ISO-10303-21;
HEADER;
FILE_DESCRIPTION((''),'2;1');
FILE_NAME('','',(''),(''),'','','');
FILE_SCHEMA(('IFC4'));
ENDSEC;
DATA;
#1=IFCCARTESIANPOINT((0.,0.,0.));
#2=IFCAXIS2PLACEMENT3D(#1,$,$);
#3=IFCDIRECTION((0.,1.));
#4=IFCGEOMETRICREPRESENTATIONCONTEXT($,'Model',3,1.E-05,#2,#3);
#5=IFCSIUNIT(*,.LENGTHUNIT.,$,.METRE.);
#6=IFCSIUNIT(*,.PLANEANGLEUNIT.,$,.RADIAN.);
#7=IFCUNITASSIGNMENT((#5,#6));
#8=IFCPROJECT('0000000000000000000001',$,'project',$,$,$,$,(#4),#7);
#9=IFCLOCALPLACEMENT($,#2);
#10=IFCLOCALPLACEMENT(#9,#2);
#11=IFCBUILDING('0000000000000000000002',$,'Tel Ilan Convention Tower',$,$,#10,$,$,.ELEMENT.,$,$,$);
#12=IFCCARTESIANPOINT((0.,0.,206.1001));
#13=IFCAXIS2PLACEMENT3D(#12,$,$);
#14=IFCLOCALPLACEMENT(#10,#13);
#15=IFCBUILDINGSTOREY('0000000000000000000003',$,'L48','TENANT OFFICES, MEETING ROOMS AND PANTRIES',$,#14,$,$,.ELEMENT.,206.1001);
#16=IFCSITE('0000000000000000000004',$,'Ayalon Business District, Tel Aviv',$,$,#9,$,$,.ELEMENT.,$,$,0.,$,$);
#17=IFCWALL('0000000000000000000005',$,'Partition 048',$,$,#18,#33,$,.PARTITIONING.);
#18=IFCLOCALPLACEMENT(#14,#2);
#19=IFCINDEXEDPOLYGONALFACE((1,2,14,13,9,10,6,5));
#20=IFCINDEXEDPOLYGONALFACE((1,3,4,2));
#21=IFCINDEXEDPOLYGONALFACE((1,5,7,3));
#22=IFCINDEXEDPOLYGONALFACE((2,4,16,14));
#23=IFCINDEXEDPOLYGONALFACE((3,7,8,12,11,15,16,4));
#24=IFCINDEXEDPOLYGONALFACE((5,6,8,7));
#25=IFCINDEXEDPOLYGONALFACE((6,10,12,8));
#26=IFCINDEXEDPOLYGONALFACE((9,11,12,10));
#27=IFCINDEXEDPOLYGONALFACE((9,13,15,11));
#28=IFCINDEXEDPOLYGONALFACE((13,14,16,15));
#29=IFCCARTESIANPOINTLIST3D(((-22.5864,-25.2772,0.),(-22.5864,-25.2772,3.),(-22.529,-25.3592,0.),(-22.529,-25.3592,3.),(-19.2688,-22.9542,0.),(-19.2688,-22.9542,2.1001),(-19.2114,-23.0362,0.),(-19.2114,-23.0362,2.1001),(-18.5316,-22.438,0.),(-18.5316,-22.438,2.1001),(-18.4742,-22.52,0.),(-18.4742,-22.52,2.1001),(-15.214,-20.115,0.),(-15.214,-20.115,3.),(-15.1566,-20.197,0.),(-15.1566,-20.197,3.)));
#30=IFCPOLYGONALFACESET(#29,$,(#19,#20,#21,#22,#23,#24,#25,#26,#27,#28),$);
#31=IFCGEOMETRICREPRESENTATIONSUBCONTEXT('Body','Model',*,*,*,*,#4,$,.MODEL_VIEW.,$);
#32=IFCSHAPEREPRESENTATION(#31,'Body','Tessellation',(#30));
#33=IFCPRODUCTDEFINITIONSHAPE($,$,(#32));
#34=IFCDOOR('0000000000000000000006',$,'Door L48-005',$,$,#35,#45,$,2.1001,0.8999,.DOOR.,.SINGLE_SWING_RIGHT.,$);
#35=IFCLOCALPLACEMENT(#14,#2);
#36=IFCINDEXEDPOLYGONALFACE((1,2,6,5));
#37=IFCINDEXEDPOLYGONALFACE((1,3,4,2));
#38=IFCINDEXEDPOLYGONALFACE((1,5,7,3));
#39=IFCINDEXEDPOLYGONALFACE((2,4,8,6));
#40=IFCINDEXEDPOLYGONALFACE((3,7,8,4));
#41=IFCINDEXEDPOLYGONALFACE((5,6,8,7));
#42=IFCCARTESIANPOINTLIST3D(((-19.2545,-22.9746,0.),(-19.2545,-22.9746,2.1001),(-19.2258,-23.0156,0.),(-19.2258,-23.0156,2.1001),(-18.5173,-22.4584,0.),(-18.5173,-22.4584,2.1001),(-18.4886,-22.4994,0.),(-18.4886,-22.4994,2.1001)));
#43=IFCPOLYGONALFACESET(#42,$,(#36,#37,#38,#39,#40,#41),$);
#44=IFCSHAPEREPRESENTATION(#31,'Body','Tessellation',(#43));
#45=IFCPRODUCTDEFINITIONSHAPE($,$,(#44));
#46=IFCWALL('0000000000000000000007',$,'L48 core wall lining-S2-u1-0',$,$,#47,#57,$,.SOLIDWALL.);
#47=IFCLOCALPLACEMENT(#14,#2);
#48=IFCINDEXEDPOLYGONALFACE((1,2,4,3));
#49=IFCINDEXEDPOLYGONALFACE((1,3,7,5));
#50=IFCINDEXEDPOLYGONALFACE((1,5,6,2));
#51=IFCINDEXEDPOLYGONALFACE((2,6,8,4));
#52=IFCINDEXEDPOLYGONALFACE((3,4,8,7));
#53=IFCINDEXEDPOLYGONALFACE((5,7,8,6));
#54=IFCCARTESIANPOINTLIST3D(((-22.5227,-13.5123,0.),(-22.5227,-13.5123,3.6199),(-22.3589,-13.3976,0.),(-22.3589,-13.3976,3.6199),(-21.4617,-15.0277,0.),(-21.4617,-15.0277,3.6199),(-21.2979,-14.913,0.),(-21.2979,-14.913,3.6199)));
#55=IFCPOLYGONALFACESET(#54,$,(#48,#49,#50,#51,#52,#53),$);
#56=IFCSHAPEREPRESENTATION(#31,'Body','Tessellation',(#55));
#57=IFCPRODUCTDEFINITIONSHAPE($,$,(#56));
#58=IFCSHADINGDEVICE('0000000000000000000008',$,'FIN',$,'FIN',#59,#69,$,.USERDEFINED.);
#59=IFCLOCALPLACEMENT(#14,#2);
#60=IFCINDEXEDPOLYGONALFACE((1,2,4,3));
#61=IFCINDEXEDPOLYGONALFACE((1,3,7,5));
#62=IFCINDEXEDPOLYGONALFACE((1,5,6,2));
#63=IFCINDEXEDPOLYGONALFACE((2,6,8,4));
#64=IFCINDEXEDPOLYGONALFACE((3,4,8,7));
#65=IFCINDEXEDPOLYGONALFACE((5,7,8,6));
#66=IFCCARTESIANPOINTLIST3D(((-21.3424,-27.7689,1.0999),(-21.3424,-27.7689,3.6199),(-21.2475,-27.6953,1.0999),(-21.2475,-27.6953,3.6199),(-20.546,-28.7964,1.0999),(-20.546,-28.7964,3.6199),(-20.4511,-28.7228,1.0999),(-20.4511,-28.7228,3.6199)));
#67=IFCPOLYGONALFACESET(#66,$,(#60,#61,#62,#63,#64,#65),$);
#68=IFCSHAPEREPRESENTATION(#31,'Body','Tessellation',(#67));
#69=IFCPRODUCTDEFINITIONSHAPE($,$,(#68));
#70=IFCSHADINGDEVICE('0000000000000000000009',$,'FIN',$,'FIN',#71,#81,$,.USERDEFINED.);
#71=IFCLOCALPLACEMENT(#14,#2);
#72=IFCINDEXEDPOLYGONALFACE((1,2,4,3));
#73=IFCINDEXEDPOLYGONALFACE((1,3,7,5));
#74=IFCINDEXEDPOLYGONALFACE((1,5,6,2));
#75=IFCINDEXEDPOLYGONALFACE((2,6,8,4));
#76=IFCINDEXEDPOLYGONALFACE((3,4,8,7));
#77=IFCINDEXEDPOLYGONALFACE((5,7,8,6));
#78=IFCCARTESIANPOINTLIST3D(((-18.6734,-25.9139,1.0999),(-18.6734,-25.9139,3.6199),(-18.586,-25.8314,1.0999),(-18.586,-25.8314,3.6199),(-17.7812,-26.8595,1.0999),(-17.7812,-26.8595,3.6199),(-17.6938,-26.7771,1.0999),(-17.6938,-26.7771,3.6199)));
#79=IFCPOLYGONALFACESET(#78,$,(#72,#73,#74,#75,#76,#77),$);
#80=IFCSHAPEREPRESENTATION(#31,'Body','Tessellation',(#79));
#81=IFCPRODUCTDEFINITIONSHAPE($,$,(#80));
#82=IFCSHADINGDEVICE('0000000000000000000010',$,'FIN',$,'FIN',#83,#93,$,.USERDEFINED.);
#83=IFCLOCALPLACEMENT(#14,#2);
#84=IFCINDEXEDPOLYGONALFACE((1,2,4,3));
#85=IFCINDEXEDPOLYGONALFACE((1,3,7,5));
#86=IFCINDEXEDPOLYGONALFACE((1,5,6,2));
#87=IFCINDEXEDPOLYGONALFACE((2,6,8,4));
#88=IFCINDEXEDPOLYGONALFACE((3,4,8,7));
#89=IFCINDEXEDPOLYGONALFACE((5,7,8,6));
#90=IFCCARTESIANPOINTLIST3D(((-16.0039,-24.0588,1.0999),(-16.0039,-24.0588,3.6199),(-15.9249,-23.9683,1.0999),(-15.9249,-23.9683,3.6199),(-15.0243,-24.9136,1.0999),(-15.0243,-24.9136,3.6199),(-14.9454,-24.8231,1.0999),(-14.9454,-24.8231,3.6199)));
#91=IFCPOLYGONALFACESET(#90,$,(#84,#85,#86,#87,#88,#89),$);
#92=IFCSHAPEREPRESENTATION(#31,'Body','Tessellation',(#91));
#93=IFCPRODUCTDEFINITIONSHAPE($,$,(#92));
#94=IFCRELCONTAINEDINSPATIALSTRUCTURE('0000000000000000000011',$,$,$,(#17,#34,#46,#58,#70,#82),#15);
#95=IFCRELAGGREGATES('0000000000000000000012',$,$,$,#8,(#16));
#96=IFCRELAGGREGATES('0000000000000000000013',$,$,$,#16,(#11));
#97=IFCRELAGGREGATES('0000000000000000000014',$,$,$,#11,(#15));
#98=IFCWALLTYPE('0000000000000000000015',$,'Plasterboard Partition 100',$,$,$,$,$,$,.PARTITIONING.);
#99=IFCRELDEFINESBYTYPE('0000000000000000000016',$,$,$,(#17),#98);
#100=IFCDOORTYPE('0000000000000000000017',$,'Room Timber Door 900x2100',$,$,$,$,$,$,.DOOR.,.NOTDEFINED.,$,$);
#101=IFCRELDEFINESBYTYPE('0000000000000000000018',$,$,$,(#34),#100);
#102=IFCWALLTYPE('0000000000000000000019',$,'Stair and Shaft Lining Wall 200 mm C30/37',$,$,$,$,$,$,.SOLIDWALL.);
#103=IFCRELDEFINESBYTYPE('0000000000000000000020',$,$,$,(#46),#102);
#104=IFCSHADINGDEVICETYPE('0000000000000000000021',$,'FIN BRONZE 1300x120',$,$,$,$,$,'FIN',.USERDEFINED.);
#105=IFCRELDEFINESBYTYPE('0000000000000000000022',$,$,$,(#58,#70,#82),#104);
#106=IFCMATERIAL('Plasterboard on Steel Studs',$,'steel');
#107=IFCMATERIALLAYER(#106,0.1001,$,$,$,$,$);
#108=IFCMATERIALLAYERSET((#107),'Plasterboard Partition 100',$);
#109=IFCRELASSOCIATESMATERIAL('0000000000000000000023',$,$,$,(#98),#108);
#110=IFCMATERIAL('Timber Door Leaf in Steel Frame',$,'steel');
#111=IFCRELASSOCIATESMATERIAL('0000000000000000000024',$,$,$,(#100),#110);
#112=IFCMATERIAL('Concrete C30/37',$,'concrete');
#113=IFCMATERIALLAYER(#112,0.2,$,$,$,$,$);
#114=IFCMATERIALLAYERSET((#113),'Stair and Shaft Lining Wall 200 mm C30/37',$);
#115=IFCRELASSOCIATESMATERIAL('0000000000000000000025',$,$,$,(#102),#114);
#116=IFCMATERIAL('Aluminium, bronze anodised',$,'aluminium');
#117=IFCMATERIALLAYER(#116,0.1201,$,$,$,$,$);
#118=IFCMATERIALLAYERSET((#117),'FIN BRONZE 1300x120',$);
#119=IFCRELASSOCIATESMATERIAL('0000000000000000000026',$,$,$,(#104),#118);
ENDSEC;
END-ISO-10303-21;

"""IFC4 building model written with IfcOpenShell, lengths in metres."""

from ifc_helpers import new_model, si_unit, direction, frame, frame_2d, origin, origin_2d, place, context, subcontext, project, spatial, rectangle, extrude, material, layer, layer_set, type_object, element, fill, save


model = new_model("IFC4")

# Units and contexts
model_context = context("Model", 3, precision=1e-05, world=origin(), true_north=direction((0.0, 1.0)))
body_context = subcontext(model_context, "Body", "Model", "MODEL_VIEW")
ifc_project = project(units=[si_unit("LENGTHUNIT", "METRE"), si_unit("PLANEANGLEUNIT", "RADIAN")], contexts=[model_context])

# Site, building, storey
site_placement = place(None, origin())
site = spatial("IfcSite", under=ifc_project, at=site_placement, Name="Ayalon Business District, Tel Aviv", CompositionType="ELEMENT", RefElevation=0.0)
building_placement = place(site_placement, origin())
building = spatial("IfcBuilding", under=site, at=building_placement, Name="Tel Ilan Convention Tower", CompositionType="ELEMENT")
storey_placement = place(building_placement, frame((0.0, 0.0, 206.1001)))
storey = spatial("IfcBuildingStorey", under=building, at=storey_placement, Name="L48", Description="TENANT OFFICES, MEETING ROOMS AND PANTRIES", CompositionType="ELEMENT", Elevation=206.1001)

# Wall, opening, door
ifc_material_1 = material(Name="Plasterboard on Steel Studs", Category="steel")
ifc_layer_1 = layer(ifc_material_1, 0.1001)
ifc_layer_set_1 = layer_set([ifc_layer_1], Name="Plasterboard Partition 100")
wall_type_1 = type_object("IfcWallType", Name="Plasterboard Partition 100", PredefinedType="PARTITIONING", material=ifc_layer_set_1)
wall_1_placement = place(storey_placement, frame((-15.1853, -20.156, 0.0), z_axis=(0.0, 0.0, 1.0), x_axis=(-0.819154, -0.573573, 0.0)))
wall_1 = element("IfcWall", 1, at=wall_1_placement, inside=storey, type_object=wall_type_1, Name="Partition 048", PredefinedType="PARTITIONING", context=body_context, shape_type="SweptSolid", body=[
    extrude(rectangle(XDim=9.0, YDim=0.1001, at=frame_2d((4.5, 0.0))), origin(), (0.0, 0.0, 1.0), 3.0),
])
opening_1_placement = place(wall_1_placement, frame((4.05, 0.0, 0.0)))
opening_1 = element("IfcOpeningElement", 2, at=opening_1_placement, cuts=wall_1, PredefinedType="OPENING", context=body_context, shape_type="SweptSolid", body=[
    extrude(rectangle(XDim=0.8999, YDim=2.1001, at=frame_2d((0.45, 1.05))), frame((0.0, 0.0601, 0.0), z_axis=(0.0, -1.0, 0.0), x_axis=(1.0, 0.0, 0.0)), (0.0, 0.0, 1.0), 0.1201),
])
ifc_material_2 = material(Name="Timber Door Leaf in Steel Frame", Category="steel")
door_type_1 = type_object("IfcDoorType", Name="Room Timber Door 900x2100", OperationType="NOTDEFINED", PredefinedType="DOOR", material=ifc_material_2)
door_1_placement = place(opening_1_placement, origin())
door_1 = element("IfcDoor", 3, at=door_1_placement, inside=storey, type_object=door_type_1, Name="Door L48-005", OperationType="SINGLE_SWING_RIGHT", OverallHeight=2.1001, OverallWidth=0.8999, PredefinedType="DOOR", context=body_context, shape_type="SweptSolid", body=[
    extrude(rectangle(XDim=0.8999, YDim=2.1001, at=frame_2d((0.45, 1.05))), frame((0.0, 0.0249, 0.0), z_axis=(0.0, -1.0, 0.0), x_axis=(1.0, 0.0, 0.0)), (0.0, 0.0, 1.0), 0.05),
])
fill(opening_1, door_1)

# Wall
ifc_material_3 = material(Name="Concrete C30/37", Category="concrete")
ifc_layer_2 = layer(ifc_material_3, 0.2)
ifc_layer_set_2 = layer_set([ifc_layer_2], Name="Stair and Shaft Lining Wall 200 mm C30/37")
wall_type_2 = type_object("IfcWallType", Name="Stair and Shaft Lining Wall 200 mm C30/37", PredefinedType="SOLIDWALL", material=ifc_layer_set_2)
wall_2_placement = place(storey_placement, frame((-21.3799, -14.9702, 0.0), z_axis=(0.0, 0.0, 1.0), x_axis=(-0.57356, 0.819164, 0.0)))
element("IfcWall", 4, at=wall_2_placement, inside=storey, type_object=wall_type_2, Name="L48 core wall lining-S2-u1-0", PredefinedType="SOLIDWALL", context=body_context, shape_type="SweptSolid", body=[
    extrude(rectangle(XDim=1.8499, YDim=0.2, at=frame_2d((0.9248, 0.0))), origin(), (0.0, 0.0, 1.0), 3.6199),
])

# Shading devices
ifc_material_4 = material(Name="Aluminium, bronze anodised", Category="aluminium")
ifc_layer_3 = layer(ifc_material_4, 0.1201)
ifc_layer_set_3 = layer_set([ifc_layer_3], Name="FIN BRONZE 1300x120")
shading_device_type = type_object("IfcShadingDeviceType", Name="FIN BRONZE 1300x120", ElementType="FIN", PredefinedType="USERDEFINED", material=ifc_layer_set_3)
for number, where, z_axis, x_axis, name in (
    (5, (-20.8967, -28.2458, 1.0999), (0.0, 0.0, 1.0), (0.612601, -0.790393, 0.0), "FIN"),
    (6, (-18.1836, -26.3455, 1.0999), (0.0, 0.0, 1.0), (0.686242, -0.727374, 0.0), "FIN"),
    (7, (-15.4746, -24.4409, 1.0999), (0.0, 0.0, 1.0), (0.753436, -0.657521, 0.0), "FIN"),
):
    element("IfcShadingDevice", number, at=place(storey_placement, frame(where, z_axis=z_axis, x_axis=x_axis)), inside=storey, type_object=shading_device_type, Name=name, ObjectType="FIN", PredefinedType="USERDEFINED", context=body_context, shape_type="SweptSolid", body=[
        extrude(rectangle(XDim=1.3, YDim=0.1201, at=origin_2d()), origin(), (0.0, 0.0, 1.0), 2.52),
    ])

save(model, "model.ifc")
